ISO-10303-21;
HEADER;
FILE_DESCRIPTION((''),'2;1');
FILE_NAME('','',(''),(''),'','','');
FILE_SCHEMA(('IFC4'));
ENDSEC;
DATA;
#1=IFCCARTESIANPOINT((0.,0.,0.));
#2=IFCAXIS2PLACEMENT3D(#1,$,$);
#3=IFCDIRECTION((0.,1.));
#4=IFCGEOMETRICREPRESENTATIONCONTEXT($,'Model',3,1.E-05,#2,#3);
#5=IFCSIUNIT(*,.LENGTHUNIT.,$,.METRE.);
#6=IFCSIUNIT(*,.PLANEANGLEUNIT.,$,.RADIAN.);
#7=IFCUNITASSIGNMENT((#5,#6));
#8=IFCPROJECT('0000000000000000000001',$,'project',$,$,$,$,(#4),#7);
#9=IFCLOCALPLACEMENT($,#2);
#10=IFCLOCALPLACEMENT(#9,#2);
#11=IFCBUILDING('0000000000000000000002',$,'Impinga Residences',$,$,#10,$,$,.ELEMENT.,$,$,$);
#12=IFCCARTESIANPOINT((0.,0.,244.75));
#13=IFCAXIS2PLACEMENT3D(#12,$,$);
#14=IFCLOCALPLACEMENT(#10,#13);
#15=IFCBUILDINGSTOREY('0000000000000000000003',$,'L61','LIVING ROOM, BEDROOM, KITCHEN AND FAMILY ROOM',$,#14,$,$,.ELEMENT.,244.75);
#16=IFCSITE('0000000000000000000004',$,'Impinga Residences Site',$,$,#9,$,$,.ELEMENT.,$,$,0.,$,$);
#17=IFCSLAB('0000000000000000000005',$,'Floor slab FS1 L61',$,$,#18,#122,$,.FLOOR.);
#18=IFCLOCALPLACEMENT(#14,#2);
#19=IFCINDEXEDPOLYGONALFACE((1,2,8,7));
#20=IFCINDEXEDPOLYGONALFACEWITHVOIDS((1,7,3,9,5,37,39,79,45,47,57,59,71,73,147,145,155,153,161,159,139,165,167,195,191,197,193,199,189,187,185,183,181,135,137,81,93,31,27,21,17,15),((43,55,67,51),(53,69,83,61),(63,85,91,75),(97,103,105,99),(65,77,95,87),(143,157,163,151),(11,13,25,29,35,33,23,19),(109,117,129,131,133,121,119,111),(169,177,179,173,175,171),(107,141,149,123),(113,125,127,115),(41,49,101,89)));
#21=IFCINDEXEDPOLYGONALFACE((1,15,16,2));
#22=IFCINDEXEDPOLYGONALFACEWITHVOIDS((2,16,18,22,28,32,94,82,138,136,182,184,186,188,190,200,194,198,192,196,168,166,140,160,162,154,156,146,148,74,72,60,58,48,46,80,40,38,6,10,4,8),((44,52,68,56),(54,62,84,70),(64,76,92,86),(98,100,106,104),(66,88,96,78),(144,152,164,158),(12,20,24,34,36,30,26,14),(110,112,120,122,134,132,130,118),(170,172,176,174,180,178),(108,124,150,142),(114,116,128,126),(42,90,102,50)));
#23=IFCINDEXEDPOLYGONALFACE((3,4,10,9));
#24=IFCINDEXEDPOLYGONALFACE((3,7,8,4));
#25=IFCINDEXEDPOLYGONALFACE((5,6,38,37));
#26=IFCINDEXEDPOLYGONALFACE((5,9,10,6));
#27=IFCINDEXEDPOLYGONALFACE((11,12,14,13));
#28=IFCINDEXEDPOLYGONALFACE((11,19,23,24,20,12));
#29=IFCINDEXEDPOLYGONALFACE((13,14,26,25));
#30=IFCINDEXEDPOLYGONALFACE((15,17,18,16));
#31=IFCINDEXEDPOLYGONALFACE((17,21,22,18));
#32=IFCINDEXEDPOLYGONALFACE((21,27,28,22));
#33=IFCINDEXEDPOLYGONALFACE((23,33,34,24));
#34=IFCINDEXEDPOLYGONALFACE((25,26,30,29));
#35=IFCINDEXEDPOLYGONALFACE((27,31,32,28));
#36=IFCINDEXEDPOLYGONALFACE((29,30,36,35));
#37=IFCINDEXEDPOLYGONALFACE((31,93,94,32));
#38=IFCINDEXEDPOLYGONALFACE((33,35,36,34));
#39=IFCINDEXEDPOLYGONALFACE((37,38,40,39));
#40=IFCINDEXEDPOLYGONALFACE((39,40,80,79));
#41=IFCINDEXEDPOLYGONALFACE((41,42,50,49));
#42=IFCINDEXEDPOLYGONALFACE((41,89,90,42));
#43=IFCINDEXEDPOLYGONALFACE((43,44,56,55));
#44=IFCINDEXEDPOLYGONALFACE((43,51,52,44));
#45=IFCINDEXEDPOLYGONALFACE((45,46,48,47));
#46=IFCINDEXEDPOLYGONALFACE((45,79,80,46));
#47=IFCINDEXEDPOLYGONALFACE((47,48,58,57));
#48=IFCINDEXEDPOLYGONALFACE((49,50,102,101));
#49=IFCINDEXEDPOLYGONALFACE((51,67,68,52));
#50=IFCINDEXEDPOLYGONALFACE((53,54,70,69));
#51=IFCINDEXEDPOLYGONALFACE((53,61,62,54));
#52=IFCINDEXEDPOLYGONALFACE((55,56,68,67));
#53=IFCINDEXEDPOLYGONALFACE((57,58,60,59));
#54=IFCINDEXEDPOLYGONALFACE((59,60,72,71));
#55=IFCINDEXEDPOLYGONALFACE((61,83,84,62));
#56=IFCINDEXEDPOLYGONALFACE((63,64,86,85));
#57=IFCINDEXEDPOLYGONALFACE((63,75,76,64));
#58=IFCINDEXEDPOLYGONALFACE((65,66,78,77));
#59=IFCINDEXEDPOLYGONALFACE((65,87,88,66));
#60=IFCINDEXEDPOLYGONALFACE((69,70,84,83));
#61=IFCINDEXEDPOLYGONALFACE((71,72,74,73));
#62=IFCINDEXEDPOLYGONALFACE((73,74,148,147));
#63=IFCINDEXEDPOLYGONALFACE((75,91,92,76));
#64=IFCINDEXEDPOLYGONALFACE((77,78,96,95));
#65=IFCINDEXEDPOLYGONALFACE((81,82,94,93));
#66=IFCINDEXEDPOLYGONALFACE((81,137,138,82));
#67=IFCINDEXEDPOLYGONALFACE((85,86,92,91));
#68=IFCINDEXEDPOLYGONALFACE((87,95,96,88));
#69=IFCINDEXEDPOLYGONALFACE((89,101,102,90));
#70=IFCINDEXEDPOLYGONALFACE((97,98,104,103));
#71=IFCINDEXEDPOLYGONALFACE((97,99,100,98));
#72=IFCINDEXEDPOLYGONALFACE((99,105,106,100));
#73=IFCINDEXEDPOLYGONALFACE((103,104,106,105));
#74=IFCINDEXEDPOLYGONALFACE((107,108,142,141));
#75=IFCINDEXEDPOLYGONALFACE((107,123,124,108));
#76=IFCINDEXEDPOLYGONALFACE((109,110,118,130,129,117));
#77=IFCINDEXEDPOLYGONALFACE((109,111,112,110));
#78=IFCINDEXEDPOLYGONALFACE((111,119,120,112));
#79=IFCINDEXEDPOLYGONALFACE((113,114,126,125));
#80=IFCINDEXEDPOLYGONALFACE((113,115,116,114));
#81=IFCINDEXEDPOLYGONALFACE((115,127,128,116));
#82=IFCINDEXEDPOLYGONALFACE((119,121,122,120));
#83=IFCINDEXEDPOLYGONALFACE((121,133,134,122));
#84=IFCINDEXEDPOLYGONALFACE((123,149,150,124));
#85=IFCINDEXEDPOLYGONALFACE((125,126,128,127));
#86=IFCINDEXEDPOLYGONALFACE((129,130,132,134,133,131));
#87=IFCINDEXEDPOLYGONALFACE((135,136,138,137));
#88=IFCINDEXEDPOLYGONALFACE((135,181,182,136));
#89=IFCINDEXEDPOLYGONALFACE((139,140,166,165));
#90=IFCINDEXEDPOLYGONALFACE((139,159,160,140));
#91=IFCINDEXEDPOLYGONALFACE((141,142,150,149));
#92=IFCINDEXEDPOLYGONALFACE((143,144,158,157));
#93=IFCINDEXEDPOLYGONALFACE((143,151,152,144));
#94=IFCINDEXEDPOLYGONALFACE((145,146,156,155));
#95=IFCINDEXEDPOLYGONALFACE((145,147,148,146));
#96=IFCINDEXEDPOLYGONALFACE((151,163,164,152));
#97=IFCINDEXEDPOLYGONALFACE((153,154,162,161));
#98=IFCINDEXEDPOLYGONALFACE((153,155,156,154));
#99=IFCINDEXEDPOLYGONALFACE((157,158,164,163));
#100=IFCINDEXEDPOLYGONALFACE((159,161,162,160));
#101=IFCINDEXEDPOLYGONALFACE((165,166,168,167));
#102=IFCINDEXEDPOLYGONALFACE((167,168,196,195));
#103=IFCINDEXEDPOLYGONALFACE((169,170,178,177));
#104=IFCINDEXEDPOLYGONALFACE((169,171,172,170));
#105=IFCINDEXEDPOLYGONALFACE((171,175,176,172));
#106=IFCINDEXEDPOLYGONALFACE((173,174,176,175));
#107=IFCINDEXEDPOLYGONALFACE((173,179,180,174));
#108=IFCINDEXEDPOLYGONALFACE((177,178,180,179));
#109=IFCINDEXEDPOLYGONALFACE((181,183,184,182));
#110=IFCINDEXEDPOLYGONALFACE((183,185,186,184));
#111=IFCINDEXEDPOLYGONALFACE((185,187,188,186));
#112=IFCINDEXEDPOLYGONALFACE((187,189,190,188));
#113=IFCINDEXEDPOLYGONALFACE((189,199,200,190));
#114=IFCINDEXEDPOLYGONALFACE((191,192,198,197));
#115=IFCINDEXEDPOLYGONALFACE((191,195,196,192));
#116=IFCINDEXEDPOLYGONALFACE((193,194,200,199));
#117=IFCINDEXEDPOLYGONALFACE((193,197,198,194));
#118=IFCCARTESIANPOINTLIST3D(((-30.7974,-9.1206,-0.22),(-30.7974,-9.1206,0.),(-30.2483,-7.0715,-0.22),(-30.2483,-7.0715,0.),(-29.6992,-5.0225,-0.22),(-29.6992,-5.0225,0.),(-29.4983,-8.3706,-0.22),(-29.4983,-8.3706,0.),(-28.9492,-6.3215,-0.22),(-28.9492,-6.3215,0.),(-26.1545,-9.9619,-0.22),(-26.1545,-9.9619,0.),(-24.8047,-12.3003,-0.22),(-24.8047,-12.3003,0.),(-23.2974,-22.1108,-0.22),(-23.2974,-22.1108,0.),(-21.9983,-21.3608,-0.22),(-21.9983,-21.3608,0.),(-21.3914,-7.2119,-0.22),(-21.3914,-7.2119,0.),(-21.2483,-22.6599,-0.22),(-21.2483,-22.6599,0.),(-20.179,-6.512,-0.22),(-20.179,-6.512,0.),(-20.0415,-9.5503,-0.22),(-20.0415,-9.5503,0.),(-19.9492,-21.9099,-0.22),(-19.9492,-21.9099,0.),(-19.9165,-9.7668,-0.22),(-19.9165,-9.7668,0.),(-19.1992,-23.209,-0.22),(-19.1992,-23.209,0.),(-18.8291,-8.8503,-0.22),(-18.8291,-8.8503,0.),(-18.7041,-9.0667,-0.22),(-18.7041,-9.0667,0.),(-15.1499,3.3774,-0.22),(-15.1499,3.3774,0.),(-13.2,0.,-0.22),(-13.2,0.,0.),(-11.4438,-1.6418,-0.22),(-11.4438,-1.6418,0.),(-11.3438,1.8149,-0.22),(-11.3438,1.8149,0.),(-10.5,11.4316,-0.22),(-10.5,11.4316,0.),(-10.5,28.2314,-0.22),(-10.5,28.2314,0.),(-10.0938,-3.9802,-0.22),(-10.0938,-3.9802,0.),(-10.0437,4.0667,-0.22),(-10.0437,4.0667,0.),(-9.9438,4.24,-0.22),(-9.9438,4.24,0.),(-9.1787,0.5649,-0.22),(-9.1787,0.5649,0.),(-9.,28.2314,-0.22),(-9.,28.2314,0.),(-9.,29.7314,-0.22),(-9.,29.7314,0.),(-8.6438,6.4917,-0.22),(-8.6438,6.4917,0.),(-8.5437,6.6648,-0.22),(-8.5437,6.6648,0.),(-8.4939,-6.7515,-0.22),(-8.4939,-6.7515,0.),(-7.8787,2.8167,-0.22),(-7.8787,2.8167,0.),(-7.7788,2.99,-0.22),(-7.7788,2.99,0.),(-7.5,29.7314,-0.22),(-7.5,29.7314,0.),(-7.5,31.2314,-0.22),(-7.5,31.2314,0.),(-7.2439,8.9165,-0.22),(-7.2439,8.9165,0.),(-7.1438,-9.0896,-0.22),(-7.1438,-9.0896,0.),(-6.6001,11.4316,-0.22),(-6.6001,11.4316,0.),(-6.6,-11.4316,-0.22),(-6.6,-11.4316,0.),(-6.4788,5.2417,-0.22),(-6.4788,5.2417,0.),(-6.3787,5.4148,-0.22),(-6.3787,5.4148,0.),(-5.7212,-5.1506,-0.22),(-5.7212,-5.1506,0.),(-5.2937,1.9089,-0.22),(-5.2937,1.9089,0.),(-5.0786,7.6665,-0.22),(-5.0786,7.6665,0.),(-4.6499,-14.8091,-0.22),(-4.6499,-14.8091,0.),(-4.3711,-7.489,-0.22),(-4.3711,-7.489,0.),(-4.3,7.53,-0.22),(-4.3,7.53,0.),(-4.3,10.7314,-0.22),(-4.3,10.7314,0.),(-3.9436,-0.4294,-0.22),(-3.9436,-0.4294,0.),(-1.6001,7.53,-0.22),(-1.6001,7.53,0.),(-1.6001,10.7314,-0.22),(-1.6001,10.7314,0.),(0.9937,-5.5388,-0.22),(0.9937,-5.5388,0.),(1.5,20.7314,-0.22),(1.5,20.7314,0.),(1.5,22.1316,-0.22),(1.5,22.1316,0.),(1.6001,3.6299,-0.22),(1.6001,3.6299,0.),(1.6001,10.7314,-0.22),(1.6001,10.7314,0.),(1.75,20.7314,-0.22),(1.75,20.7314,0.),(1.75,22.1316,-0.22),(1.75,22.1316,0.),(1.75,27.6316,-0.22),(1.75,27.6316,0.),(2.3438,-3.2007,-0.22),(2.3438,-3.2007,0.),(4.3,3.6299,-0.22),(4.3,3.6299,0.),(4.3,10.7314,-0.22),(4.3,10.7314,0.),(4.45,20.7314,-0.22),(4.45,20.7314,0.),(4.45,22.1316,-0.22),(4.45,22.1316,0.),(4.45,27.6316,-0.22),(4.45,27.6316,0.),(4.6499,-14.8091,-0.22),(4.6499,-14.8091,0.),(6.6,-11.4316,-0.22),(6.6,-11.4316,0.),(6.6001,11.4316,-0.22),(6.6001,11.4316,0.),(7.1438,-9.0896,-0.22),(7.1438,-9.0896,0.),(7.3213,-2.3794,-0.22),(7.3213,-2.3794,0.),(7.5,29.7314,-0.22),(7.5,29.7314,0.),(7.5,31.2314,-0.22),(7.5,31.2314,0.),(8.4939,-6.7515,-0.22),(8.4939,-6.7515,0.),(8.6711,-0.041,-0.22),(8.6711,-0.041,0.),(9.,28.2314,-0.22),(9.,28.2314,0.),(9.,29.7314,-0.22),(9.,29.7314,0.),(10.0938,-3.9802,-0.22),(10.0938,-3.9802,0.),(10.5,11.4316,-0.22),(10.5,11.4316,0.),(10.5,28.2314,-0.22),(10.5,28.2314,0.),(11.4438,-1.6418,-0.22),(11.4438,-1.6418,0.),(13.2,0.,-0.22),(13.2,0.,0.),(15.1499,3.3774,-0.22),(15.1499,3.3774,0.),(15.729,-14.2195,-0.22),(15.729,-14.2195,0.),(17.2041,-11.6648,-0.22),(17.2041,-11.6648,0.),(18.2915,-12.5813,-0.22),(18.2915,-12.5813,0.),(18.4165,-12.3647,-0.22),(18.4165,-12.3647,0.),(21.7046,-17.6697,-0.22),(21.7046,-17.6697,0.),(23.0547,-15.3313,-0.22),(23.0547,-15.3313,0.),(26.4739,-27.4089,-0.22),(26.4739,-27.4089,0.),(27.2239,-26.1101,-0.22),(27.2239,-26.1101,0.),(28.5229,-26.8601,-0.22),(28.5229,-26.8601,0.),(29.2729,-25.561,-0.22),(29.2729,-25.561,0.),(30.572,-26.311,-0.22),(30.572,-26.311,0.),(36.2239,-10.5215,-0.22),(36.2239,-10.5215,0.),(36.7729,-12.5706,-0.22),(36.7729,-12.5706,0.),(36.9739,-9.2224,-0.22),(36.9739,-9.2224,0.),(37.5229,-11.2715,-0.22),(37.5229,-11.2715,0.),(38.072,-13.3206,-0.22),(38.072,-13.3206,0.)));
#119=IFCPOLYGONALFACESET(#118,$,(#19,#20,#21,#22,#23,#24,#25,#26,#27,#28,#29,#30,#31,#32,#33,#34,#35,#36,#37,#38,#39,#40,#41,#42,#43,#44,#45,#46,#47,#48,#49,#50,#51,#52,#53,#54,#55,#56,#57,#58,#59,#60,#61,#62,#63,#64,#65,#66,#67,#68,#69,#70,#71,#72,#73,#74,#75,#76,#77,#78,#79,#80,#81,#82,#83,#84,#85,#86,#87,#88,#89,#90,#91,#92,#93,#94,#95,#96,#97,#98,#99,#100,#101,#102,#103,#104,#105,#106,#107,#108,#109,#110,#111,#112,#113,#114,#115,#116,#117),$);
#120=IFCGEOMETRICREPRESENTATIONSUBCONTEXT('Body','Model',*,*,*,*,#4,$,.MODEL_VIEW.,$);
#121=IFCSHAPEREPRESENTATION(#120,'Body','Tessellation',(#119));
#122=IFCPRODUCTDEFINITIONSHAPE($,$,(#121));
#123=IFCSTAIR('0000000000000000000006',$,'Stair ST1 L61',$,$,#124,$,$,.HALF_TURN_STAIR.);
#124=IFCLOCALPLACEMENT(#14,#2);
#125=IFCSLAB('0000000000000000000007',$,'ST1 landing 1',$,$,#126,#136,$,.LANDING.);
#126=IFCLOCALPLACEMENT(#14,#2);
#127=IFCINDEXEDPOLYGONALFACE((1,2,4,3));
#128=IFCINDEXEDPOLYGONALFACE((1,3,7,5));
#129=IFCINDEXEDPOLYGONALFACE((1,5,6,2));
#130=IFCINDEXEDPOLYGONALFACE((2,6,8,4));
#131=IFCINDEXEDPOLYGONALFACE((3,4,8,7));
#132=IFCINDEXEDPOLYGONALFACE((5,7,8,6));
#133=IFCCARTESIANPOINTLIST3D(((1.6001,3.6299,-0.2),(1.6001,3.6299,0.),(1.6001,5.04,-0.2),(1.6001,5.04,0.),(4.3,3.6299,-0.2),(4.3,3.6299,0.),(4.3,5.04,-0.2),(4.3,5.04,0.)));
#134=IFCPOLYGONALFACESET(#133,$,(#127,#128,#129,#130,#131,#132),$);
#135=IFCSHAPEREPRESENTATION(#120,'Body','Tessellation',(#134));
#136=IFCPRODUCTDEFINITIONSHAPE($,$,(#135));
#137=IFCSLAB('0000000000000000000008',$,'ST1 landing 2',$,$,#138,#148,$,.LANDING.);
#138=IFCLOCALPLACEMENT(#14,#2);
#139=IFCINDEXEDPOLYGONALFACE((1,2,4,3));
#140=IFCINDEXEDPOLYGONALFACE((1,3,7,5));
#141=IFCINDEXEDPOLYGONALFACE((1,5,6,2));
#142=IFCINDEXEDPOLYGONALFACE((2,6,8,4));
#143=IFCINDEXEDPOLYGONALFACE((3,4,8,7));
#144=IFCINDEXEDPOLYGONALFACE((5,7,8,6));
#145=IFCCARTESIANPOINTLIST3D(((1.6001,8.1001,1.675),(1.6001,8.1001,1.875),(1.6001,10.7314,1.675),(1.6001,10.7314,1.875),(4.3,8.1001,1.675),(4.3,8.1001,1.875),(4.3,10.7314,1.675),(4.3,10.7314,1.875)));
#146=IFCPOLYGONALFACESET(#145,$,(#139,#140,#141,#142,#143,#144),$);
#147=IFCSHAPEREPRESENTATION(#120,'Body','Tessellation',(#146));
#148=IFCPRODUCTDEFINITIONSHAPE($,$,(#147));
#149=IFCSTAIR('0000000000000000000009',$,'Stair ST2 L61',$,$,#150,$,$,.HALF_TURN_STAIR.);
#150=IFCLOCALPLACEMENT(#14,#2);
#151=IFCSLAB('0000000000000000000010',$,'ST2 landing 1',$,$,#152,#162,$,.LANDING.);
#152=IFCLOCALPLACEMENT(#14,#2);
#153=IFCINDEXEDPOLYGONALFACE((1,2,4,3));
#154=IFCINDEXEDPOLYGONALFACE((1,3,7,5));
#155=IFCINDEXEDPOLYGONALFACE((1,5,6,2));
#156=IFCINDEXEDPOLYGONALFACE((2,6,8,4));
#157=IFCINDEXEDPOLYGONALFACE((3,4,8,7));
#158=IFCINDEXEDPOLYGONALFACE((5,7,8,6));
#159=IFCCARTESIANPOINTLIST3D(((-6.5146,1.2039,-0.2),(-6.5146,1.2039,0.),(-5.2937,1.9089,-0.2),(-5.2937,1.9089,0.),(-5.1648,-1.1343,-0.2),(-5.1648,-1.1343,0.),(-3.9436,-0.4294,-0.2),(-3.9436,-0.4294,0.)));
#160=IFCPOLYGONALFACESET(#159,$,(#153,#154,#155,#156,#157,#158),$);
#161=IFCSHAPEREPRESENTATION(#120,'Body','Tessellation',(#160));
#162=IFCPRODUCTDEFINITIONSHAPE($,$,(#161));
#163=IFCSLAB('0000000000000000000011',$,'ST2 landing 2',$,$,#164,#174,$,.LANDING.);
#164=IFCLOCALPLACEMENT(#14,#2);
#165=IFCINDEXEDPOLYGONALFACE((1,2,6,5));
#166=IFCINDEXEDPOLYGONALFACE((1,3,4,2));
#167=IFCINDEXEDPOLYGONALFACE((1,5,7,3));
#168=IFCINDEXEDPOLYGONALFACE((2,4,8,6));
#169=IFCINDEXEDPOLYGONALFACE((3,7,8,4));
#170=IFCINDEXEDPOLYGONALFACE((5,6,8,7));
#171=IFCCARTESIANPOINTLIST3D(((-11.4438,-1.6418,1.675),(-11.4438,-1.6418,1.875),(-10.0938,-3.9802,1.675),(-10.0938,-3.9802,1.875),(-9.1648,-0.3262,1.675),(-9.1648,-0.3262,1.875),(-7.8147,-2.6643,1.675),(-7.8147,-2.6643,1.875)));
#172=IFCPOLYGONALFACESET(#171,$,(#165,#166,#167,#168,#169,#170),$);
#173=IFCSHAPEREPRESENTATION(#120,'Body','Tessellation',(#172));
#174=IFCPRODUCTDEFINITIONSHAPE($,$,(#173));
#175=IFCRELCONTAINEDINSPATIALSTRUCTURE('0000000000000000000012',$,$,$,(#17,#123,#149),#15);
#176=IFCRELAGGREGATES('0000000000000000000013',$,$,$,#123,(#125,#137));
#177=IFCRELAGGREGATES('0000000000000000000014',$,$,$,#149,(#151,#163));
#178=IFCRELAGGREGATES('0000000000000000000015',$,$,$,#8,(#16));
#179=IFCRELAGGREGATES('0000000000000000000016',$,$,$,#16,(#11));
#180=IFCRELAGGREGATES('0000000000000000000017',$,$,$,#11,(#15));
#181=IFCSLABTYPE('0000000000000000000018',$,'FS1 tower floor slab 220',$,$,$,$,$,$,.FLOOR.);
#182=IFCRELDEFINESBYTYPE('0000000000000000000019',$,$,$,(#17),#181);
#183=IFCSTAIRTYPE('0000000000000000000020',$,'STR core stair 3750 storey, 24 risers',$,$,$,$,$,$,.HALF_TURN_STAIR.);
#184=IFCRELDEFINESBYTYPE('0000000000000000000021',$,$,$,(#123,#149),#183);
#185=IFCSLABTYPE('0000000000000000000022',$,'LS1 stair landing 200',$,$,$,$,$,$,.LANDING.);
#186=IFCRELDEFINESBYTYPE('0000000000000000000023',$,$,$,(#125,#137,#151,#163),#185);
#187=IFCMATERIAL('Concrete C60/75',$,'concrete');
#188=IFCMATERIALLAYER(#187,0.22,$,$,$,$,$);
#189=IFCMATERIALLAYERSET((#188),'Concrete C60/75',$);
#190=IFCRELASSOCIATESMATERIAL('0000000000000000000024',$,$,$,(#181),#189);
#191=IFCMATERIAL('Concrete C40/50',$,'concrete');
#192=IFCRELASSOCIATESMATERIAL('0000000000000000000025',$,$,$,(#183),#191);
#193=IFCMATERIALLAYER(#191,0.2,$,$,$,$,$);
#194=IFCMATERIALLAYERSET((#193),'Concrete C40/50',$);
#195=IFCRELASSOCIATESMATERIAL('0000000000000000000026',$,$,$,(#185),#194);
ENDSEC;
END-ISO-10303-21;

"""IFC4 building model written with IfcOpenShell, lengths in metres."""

from ifc_helpers import new_model, si_unit, direction, frame, origin, place, context, subcontext, project, spatial, polyline, outline, extrude, material, layer, layer_set, type_object, element, aggregate, save


model = new_model("IFC4")

# Units and contexts
model_context = context("Model", 3, precision=1e-05, world=origin(), true_north=direction((0.0, 1.0)))
body_context = subcontext(model_context, "Body", "Model", "MODEL_VIEW")
ifc_project = project(units=[si_unit("LENGTHUNIT", "METRE"), si_unit("PLANEANGLEUNIT", "RADIAN")], contexts=[model_context])

# Site, building, storey
site_placement = place(None, origin())
site = spatial("IfcSite", under=ifc_project, at=site_placement, Name="Impinga Residences Site", CompositionType="ELEMENT", RefElevation=0.0)
building_placement = place(site_placement, origin())
building = spatial("IfcBuilding", under=site, at=building_placement, Name="Impinga Residences", CompositionType="ELEMENT")
storey_placement = place(building_placement, frame((0.0, 0.0, 244.75)))
storey = spatial("IfcBuildingStorey", under=building, at=storey_placement, Name="L61", Description="LIVING ROOM, BEDROOM, KITCHEN AND FAMILY ROOM", CompositionType="ELEMENT", Elevation=244.75)

# Slab
ifc_material_1 = material(Name="Concrete C60/75", Category="concrete")
ifc_layer_1 = layer(ifc_material_1, 0.22)
ifc_layer_set_1 = layer_set([ifc_layer_1], Name="Concrete C60/75")
slab_type_1 = type_object("IfcSlabType", Name="FS1 tower floor slab 220", PredefinedType="FLOOR", material=ifc_layer_set_1)
slab_1_placement = place(storey_placement, frame((0.0, 0.0, -0.22)))
element("IfcSlab", 1, at=slab_1_placement, inside=storey, type_object=slab_type_1, Name="Floor slab FS1 L61", PredefinedType="FLOOR", context=body_context, shape_type="SweptSolid", body=[
    extrude(outline(polyline([(36.2239, -10.5215), (37.5229, -11.2715), (36.7729, -12.5706), (38.072, -13.3206), (30.572, -26.311), (29.2729, -25.561), (28.5229, -26.8601), (27.2239, -26.1101), (26.4739, -27.4089), (4.6499, -14.8091), (9.9001, -5.7158), (6.6001, -11.4316), (-6.6001, -11.4316), (-9.9001, -5.7158), (-4.6499, -14.8091), (-19.1992, -23.209), (-19.9492, -21.9099), (-21.2483, -22.6599), (-21.9983, -21.3608), (-23.2974, -22.1108), (-30.7974, -9.1206), (-29.4983, -8.3706), (-30.2483, -7.0715), (-28.9492, -6.3215), (-29.6992, -5.0225), (-15.1499, 3.3774), (-13.2, 0.0), (-6.6001, 11.4316), (-10.5, 11.4316), (-10.5, 28.2314), (-9.0, 28.2314), (-9.0, 29.7314), (-7.5, 29.7314), (-7.5, 31.2314), (7.5, 31.2314), (7.5, 29.7314), (9.0, 29.7314), (9.0, 28.2314), (10.5, 28.2314), (10.5, 11.4316), (6.6001, 11.4316), (13.2, 0.0), (15.1499, 3.3774), (36.9739, -9.2224), (36.2239, -10.5215)]), holes=[polyline([(-18.7041, -9.0667), (-18.8291, -8.8503), (-18.8291, -8.8503), (-20.179, -6.512), (-21.3914, -7.2119), (-21.3914, -7.2119), (-26.1545, -9.9619), (-24.8047, -12.3003), (-20.0415, -9.5503), (-19.9165, -9.7668), (-18.7041, -9.0667)]), polyline([(-5.7212, -5.1506), (-8.4939, -6.7515), (-7.1438, -9.0896), (-4.3711, -7.489), (-5.7212, -5.1506)]), polyline([(-5.2937, 1.9089), (-11.4438, -1.6418), (-10.0938, -3.9802), (-3.9436, -0.4294), (-5.2937, 1.9089)]), polyline([(-7.8787, 2.8167), (-10.0437, 4.0667), (-11.3438, 1.8149), (-9.1787, 0.5649), (-7.8787, 2.8167)]), polyline([(-6.4788, 5.2417), (-8.6438, 6.4917), (-9.9438, 4.24), (-7.7788, 2.99), (-6.4788, 5.2417)]), polyline([(-6.3787, 5.4148), (-5.0786, 7.6665), (-7.2439, 8.9165), (-8.5437, 6.6648), (-6.3787, 5.4148)]), polyline([(-4.3, 7.53), (-1.6001, 7.53), (-1.6001, 10.7314), (-4.3, 10.7314), (-4.3, 7.53)]), polyline([(15.729, -14.2195), (21.7046, -17.6697), (23.0547, -15.3313), (18.2915, -12.5813), (18.4165, -12.3647), (17.2041, -11.6648), (15.729, -14.2195)]), polyline([(0.9937, -5.5388), (7.1438, -9.0896), (8.4939, -6.7515), (2.3438, -3.2007), (0.9937, -5.5388)]), polyline([(7.3213, -2.3794), (10.0938, -3.9802), (11.4438, -1.6418), (8.6711, -0.041), (7.3213, -2.3794)]), polyline([(4.3, 3.6299), (4.3, 10.7314), (1.6001, 10.7314), (1.6001, 3.6299), (4.3, 3.6299)]), polyline([(1.75, 22.1316), (1.5, 22.1316), (1.5, 20.7314), (1.75, 20.7314), (4.45, 20.7314), (4.45, 22.1316), (4.45, 27.6316), (1.75, 27.6316), (1.75, 22.1316)])]), origin(), (0.0, 0.0, 1.0), 0.22),
])

# Stairs, slabs
ifc_material_2 = material(Name="Concrete C40/50", Category="concrete")
stair_type_1 = type_object("IfcStairType", Name="STR core stair 3750 storey, 24 risers", PredefinedType="HALF_TURN_STAIR", material=ifc_material_2)
stair_1_placement = place(storey_placement, origin())
stair_1 = element("IfcStair", 2, at=stair_1_placement, inside=storey, type_object=stair_type_1, Name="Stair ST1 L61", PredefinedType="HALF_TURN_STAIR")
ifc_layer_2 = layer(ifc_material_2, 0.2)
ifc_layer_set_2 = layer_set([ifc_layer_2], Name="Concrete C40/50")
slab_type_2 = type_object("IfcSlabType", Name="LS1 stair landing 200", PredefinedType="LANDING", material=ifc_layer_set_2)
slab_2_placement = place(storey_placement, frame((0.0, 0.0, -0.2)))
slab_2 = element("IfcSlab", 3, at=slab_2_placement, type_object=slab_type_2, Name="ST1 landing 1", PredefinedType="LANDING", context=body_context, shape_type="SweptSolid", body=[
    extrude(outline(polyline([(1.6001, 3.6299), (4.3, 3.6299), (4.3, 5.04), (1.6001, 5.04), (1.6001, 3.6299)])), origin(), (0.0, 0.0, 1.0), 0.2),
])
slab_3_placement = place(storey_placement, frame((0.0, 0.0, 1.675)))
slab_3 = element("IfcSlab", 4, at=slab_3_placement, type_object=slab_type_2, Name="ST1 landing 2", PredefinedType="LANDING", context=body_context, shape_type="SweptSolid", body=[
    extrude(outline(polyline([(1.6001, 8.1001), (4.3, 8.1001), (4.3, 10.7314), (1.6001, 10.7314), (1.6001, 8.1001)])), origin(), (0.0, 0.0, 1.0), 0.2),
])
aggregate(stair_1, [slab_2, slab_3])
stair_2_placement = place(storey_placement, origin())
stair_2 = element("IfcStair", 5, at=stair_2_placement, inside=storey, type_object=stair_type_1, Name="Stair ST2 L61", PredefinedType="HALF_TURN_STAIR")
slab_4_placement = place(storey_placement, frame((0.0, 0.0, -0.2)))
slab_4 = element("IfcSlab", 6, at=slab_4_placement, type_object=slab_type_2, Name="ST2 landing 1", PredefinedType="LANDING", context=body_context, shape_type="SweptSolid", body=[
    extrude(outline(polyline([(-3.9436, -0.4294), (-5.2937, 1.9089), (-6.5146, 1.2039), (-5.1648, -1.1343), (-3.9436, -0.4294)])), origin(), (0.0, 0.0, 1.0), 0.2),
])
slab_5_placement = place(storey_placement, frame((0.0, 0.0, 1.675)))
slab_5 = element("IfcSlab", 7, at=slab_5_placement, type_object=slab_type_2, Name="ST2 landing 2", PredefinedType="LANDING", context=body_context, shape_type="SweptSolid", body=[
    extrude(outline(polyline([(-7.8147, -2.6643), (-9.1648, -0.3262), (-11.4438, -1.6418), (-10.0938, -3.9802), (-7.8147, -2.6643)])), origin(), (0.0, 0.0, 1.0), 0.2),
])
aggregate(stair_2, [slab_4, slab_5])

save(model, "model.ifc")
